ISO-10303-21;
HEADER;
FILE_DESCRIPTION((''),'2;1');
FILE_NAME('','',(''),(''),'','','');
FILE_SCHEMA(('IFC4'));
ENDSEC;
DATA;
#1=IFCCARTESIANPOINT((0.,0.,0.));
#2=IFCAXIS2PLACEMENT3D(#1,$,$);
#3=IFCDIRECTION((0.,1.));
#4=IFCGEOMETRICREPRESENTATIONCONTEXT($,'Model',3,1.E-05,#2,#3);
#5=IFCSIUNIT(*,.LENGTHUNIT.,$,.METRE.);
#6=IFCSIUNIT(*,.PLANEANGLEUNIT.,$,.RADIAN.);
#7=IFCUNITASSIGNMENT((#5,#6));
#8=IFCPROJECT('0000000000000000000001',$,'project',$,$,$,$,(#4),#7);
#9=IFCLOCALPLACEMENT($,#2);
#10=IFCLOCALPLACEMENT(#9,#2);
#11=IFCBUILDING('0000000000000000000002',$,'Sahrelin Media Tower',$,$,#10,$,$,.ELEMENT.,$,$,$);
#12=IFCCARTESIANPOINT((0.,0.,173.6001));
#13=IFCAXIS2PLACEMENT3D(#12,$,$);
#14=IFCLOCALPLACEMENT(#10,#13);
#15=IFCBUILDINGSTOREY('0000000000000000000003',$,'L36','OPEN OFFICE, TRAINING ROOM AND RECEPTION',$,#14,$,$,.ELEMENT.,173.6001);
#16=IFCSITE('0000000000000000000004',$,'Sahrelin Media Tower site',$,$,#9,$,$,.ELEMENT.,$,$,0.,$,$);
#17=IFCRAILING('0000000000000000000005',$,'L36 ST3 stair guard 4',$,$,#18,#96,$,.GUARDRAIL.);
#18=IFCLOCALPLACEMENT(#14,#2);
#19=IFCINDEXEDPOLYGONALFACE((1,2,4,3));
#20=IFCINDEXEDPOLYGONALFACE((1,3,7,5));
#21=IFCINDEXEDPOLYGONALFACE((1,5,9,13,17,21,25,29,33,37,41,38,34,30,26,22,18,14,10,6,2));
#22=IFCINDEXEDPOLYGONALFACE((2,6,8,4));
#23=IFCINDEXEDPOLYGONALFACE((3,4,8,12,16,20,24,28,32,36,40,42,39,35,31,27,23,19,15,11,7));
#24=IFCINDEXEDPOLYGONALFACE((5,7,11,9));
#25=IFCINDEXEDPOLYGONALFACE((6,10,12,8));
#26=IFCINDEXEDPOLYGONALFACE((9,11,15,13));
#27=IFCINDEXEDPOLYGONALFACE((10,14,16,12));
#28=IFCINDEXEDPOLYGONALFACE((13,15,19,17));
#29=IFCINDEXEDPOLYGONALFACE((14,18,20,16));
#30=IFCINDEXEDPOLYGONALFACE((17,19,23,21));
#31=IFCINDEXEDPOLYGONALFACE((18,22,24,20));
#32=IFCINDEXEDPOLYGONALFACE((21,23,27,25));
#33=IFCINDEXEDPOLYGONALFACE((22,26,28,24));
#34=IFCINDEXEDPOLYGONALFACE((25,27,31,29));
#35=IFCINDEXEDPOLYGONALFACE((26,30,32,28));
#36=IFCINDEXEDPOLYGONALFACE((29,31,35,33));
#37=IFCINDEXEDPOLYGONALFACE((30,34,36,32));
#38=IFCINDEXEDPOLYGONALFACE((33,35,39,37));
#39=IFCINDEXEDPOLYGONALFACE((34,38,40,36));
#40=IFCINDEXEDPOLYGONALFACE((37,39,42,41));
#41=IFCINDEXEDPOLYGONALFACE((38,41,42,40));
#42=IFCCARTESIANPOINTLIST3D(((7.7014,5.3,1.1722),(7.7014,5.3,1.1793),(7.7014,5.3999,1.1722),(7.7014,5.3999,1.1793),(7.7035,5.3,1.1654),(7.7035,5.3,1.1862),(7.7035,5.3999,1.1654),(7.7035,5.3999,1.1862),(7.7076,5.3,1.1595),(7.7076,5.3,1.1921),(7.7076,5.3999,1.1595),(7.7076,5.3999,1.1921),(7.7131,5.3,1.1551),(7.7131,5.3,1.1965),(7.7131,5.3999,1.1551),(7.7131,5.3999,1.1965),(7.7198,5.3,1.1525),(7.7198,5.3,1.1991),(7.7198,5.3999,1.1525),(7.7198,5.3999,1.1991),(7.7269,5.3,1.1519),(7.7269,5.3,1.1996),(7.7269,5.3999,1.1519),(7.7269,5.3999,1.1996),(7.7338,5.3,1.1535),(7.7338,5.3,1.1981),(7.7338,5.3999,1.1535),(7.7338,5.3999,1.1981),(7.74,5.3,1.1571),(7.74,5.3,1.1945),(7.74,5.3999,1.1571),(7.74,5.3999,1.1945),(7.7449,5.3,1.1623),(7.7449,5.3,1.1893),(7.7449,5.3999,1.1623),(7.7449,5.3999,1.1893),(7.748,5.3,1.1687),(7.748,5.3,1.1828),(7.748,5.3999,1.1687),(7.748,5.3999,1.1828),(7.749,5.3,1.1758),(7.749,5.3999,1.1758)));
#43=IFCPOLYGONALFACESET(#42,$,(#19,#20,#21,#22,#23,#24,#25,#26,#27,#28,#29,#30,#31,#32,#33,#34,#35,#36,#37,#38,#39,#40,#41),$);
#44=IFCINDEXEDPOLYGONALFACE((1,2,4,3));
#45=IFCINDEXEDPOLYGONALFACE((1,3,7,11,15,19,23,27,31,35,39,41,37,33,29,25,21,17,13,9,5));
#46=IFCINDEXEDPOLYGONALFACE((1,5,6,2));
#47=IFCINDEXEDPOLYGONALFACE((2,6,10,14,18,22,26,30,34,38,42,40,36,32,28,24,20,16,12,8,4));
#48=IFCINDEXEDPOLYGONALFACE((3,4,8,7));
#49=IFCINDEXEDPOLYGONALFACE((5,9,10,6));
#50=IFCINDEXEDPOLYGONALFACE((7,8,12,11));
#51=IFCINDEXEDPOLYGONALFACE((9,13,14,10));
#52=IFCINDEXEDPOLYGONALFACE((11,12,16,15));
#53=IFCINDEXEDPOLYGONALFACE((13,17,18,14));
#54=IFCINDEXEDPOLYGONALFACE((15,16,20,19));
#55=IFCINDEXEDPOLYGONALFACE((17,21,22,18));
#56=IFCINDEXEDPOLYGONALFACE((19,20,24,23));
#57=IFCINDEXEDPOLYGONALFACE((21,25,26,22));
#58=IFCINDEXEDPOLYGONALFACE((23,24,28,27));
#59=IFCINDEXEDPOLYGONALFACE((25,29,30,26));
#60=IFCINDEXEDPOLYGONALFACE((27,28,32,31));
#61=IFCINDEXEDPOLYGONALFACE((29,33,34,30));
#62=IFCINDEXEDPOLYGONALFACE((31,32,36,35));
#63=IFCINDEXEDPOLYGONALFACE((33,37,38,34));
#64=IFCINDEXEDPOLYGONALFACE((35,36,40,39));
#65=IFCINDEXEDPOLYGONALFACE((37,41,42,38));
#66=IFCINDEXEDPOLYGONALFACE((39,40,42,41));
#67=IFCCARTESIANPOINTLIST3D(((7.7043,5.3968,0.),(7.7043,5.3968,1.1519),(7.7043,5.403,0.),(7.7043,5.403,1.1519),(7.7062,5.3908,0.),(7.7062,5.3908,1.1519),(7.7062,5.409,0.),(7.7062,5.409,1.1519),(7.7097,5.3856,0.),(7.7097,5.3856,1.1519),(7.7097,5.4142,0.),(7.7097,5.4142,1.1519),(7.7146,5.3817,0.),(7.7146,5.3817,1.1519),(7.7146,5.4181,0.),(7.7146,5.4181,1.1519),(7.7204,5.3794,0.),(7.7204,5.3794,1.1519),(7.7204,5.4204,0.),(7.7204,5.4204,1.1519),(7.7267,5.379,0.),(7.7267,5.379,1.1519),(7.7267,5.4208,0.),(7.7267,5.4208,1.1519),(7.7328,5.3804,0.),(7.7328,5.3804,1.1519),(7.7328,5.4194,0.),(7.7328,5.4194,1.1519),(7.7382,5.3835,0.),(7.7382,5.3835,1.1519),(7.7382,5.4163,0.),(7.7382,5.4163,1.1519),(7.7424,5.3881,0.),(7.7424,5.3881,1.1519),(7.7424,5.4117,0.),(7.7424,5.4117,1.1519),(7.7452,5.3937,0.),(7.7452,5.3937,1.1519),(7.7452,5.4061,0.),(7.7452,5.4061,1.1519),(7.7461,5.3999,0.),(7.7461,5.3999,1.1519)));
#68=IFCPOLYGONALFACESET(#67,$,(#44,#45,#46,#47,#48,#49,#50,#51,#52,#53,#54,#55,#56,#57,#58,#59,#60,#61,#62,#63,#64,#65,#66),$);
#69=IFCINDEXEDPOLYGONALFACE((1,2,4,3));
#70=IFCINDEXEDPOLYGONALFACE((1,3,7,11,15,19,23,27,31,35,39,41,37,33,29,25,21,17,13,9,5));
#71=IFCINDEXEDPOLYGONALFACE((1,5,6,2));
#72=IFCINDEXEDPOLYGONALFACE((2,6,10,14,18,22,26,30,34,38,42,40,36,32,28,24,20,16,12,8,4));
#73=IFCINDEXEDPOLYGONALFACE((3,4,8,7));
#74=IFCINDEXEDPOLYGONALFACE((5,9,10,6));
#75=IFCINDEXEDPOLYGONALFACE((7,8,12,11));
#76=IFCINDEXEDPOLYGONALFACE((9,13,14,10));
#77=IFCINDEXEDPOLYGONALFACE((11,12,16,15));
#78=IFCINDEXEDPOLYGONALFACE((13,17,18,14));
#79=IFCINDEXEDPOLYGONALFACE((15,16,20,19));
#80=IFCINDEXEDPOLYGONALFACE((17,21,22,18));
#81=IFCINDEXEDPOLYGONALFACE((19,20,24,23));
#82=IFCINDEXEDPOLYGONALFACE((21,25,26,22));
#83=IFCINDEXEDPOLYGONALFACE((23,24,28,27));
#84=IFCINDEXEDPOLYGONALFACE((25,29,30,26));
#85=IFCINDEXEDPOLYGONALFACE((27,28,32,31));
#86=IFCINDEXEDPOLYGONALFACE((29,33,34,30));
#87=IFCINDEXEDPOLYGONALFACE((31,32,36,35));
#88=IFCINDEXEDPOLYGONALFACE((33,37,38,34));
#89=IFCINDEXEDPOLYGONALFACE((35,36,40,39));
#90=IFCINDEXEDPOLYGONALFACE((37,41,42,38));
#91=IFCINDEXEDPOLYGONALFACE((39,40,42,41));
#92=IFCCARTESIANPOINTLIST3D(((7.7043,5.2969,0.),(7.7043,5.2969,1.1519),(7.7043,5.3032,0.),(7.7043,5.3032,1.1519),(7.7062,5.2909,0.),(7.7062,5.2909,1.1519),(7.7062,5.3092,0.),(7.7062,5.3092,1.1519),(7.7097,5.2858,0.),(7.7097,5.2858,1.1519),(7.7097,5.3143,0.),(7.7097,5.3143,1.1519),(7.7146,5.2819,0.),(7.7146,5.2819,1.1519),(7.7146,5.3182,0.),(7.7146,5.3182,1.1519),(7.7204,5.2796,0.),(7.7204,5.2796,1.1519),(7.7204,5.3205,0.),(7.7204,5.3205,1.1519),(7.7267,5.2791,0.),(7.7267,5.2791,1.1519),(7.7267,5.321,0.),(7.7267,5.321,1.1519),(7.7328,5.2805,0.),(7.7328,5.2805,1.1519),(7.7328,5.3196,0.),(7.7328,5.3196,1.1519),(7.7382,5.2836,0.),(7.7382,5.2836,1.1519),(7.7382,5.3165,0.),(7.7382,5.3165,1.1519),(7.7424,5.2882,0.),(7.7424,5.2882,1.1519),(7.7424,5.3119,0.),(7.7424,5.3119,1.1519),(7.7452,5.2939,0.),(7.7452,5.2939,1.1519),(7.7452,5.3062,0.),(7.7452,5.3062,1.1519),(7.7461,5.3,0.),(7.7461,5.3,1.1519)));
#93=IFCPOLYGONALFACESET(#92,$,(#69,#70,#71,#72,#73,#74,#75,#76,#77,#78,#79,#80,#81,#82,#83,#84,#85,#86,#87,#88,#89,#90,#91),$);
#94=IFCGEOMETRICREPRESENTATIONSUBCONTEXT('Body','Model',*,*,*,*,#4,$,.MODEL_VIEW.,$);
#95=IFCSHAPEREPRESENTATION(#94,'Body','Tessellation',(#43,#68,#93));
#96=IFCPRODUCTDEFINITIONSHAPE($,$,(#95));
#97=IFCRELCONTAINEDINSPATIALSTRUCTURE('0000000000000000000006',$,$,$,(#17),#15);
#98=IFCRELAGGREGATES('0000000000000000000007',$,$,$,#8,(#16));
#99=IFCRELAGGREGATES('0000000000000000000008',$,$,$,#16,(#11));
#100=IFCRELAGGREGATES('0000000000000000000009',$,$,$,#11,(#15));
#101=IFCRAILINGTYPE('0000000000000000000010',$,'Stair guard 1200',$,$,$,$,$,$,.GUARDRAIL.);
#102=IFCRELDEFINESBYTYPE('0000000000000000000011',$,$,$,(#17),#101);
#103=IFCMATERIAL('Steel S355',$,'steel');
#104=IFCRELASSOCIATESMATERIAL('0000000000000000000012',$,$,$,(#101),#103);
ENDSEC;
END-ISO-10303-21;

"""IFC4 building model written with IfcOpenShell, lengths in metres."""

from ifc_helpers import new_model, si_unit, direction, frame, origin, origin_2d, place, context, subcontext, project, spatial, circle, extrude, material, type_object, element, save


model = new_model("IFC4")

# Units and contexts
model_context = context("Model", 3, precision=1e-05, world=origin(), true_north=direction((0.0, 1.0)))
body_context = subcontext(model_context, "Body", "Model", "MODEL_VIEW")
ifc_project = project(units=[si_unit("LENGTHUNIT", "METRE"), si_unit("PLANEANGLEUNIT", "RADIAN")], contexts=[model_context])

# Site, building, storey
site_placement = place(None, origin())
site = spatial("IfcSite", under=ifc_project, at=site_placement, Name="Sahrelin Media Tower site", CompositionType="ELEMENT", RefElevation=0.0)
building_placement = place(site_placement, origin())
building = spatial("IfcBuilding", under=site, at=building_placement, Name="Sahrelin Media Tower", CompositionType="ELEMENT")
storey_placement = place(building_placement, frame((0.0, 0.0, 173.6001)))
storey = spatial("IfcBuildingStorey", under=building, at=storey_placement, Name="L36", Description="OPEN OFFICE, TRAINING ROOM AND RECEPTION", CompositionType="ELEMENT", Elevation=173.6001)

# Shared definitions
ifc_material_1 = material(Name="Steel S355", Category="steel")

# Railing
railing_type_1 = type_object("IfcRailingType", Name="Stair guard 1200", PredefinedType="GUARDRAIL", material=ifc_material_1)
railing_1_placement = place(storey_placement, frame((7.7251, 5.3999, 0.0)))
element("IfcRailing", 1, at=railing_1_placement, inside=storey, type_object=railing_type_1, Name="L36 ST3 stair guard 4", PredefinedType="GUARDRAIL", context=body_context, shape_type="SweptSolid", body=[
    extrude(circle(Radius=0.0239, at=origin_2d()), frame((0.0, 0.0, 1.1758), z_axis=(0.0, -1.0, 0.0), x_axis=(1.0, 0.0, 0.0)), (0.0, 0.0, 1.0), 0.0999),
    extrude(circle(Radius=0.021, at=origin_2d()), origin(), (0.0, 0.0, 1.0), 1.1519),
    extrude(circle(Radius=0.021, at=origin_2d()), frame((0.0, -0.0999, 0.0)), (0.0, 0.0, 1.0), 1.1519),
])

save(model, "model.ifc")
